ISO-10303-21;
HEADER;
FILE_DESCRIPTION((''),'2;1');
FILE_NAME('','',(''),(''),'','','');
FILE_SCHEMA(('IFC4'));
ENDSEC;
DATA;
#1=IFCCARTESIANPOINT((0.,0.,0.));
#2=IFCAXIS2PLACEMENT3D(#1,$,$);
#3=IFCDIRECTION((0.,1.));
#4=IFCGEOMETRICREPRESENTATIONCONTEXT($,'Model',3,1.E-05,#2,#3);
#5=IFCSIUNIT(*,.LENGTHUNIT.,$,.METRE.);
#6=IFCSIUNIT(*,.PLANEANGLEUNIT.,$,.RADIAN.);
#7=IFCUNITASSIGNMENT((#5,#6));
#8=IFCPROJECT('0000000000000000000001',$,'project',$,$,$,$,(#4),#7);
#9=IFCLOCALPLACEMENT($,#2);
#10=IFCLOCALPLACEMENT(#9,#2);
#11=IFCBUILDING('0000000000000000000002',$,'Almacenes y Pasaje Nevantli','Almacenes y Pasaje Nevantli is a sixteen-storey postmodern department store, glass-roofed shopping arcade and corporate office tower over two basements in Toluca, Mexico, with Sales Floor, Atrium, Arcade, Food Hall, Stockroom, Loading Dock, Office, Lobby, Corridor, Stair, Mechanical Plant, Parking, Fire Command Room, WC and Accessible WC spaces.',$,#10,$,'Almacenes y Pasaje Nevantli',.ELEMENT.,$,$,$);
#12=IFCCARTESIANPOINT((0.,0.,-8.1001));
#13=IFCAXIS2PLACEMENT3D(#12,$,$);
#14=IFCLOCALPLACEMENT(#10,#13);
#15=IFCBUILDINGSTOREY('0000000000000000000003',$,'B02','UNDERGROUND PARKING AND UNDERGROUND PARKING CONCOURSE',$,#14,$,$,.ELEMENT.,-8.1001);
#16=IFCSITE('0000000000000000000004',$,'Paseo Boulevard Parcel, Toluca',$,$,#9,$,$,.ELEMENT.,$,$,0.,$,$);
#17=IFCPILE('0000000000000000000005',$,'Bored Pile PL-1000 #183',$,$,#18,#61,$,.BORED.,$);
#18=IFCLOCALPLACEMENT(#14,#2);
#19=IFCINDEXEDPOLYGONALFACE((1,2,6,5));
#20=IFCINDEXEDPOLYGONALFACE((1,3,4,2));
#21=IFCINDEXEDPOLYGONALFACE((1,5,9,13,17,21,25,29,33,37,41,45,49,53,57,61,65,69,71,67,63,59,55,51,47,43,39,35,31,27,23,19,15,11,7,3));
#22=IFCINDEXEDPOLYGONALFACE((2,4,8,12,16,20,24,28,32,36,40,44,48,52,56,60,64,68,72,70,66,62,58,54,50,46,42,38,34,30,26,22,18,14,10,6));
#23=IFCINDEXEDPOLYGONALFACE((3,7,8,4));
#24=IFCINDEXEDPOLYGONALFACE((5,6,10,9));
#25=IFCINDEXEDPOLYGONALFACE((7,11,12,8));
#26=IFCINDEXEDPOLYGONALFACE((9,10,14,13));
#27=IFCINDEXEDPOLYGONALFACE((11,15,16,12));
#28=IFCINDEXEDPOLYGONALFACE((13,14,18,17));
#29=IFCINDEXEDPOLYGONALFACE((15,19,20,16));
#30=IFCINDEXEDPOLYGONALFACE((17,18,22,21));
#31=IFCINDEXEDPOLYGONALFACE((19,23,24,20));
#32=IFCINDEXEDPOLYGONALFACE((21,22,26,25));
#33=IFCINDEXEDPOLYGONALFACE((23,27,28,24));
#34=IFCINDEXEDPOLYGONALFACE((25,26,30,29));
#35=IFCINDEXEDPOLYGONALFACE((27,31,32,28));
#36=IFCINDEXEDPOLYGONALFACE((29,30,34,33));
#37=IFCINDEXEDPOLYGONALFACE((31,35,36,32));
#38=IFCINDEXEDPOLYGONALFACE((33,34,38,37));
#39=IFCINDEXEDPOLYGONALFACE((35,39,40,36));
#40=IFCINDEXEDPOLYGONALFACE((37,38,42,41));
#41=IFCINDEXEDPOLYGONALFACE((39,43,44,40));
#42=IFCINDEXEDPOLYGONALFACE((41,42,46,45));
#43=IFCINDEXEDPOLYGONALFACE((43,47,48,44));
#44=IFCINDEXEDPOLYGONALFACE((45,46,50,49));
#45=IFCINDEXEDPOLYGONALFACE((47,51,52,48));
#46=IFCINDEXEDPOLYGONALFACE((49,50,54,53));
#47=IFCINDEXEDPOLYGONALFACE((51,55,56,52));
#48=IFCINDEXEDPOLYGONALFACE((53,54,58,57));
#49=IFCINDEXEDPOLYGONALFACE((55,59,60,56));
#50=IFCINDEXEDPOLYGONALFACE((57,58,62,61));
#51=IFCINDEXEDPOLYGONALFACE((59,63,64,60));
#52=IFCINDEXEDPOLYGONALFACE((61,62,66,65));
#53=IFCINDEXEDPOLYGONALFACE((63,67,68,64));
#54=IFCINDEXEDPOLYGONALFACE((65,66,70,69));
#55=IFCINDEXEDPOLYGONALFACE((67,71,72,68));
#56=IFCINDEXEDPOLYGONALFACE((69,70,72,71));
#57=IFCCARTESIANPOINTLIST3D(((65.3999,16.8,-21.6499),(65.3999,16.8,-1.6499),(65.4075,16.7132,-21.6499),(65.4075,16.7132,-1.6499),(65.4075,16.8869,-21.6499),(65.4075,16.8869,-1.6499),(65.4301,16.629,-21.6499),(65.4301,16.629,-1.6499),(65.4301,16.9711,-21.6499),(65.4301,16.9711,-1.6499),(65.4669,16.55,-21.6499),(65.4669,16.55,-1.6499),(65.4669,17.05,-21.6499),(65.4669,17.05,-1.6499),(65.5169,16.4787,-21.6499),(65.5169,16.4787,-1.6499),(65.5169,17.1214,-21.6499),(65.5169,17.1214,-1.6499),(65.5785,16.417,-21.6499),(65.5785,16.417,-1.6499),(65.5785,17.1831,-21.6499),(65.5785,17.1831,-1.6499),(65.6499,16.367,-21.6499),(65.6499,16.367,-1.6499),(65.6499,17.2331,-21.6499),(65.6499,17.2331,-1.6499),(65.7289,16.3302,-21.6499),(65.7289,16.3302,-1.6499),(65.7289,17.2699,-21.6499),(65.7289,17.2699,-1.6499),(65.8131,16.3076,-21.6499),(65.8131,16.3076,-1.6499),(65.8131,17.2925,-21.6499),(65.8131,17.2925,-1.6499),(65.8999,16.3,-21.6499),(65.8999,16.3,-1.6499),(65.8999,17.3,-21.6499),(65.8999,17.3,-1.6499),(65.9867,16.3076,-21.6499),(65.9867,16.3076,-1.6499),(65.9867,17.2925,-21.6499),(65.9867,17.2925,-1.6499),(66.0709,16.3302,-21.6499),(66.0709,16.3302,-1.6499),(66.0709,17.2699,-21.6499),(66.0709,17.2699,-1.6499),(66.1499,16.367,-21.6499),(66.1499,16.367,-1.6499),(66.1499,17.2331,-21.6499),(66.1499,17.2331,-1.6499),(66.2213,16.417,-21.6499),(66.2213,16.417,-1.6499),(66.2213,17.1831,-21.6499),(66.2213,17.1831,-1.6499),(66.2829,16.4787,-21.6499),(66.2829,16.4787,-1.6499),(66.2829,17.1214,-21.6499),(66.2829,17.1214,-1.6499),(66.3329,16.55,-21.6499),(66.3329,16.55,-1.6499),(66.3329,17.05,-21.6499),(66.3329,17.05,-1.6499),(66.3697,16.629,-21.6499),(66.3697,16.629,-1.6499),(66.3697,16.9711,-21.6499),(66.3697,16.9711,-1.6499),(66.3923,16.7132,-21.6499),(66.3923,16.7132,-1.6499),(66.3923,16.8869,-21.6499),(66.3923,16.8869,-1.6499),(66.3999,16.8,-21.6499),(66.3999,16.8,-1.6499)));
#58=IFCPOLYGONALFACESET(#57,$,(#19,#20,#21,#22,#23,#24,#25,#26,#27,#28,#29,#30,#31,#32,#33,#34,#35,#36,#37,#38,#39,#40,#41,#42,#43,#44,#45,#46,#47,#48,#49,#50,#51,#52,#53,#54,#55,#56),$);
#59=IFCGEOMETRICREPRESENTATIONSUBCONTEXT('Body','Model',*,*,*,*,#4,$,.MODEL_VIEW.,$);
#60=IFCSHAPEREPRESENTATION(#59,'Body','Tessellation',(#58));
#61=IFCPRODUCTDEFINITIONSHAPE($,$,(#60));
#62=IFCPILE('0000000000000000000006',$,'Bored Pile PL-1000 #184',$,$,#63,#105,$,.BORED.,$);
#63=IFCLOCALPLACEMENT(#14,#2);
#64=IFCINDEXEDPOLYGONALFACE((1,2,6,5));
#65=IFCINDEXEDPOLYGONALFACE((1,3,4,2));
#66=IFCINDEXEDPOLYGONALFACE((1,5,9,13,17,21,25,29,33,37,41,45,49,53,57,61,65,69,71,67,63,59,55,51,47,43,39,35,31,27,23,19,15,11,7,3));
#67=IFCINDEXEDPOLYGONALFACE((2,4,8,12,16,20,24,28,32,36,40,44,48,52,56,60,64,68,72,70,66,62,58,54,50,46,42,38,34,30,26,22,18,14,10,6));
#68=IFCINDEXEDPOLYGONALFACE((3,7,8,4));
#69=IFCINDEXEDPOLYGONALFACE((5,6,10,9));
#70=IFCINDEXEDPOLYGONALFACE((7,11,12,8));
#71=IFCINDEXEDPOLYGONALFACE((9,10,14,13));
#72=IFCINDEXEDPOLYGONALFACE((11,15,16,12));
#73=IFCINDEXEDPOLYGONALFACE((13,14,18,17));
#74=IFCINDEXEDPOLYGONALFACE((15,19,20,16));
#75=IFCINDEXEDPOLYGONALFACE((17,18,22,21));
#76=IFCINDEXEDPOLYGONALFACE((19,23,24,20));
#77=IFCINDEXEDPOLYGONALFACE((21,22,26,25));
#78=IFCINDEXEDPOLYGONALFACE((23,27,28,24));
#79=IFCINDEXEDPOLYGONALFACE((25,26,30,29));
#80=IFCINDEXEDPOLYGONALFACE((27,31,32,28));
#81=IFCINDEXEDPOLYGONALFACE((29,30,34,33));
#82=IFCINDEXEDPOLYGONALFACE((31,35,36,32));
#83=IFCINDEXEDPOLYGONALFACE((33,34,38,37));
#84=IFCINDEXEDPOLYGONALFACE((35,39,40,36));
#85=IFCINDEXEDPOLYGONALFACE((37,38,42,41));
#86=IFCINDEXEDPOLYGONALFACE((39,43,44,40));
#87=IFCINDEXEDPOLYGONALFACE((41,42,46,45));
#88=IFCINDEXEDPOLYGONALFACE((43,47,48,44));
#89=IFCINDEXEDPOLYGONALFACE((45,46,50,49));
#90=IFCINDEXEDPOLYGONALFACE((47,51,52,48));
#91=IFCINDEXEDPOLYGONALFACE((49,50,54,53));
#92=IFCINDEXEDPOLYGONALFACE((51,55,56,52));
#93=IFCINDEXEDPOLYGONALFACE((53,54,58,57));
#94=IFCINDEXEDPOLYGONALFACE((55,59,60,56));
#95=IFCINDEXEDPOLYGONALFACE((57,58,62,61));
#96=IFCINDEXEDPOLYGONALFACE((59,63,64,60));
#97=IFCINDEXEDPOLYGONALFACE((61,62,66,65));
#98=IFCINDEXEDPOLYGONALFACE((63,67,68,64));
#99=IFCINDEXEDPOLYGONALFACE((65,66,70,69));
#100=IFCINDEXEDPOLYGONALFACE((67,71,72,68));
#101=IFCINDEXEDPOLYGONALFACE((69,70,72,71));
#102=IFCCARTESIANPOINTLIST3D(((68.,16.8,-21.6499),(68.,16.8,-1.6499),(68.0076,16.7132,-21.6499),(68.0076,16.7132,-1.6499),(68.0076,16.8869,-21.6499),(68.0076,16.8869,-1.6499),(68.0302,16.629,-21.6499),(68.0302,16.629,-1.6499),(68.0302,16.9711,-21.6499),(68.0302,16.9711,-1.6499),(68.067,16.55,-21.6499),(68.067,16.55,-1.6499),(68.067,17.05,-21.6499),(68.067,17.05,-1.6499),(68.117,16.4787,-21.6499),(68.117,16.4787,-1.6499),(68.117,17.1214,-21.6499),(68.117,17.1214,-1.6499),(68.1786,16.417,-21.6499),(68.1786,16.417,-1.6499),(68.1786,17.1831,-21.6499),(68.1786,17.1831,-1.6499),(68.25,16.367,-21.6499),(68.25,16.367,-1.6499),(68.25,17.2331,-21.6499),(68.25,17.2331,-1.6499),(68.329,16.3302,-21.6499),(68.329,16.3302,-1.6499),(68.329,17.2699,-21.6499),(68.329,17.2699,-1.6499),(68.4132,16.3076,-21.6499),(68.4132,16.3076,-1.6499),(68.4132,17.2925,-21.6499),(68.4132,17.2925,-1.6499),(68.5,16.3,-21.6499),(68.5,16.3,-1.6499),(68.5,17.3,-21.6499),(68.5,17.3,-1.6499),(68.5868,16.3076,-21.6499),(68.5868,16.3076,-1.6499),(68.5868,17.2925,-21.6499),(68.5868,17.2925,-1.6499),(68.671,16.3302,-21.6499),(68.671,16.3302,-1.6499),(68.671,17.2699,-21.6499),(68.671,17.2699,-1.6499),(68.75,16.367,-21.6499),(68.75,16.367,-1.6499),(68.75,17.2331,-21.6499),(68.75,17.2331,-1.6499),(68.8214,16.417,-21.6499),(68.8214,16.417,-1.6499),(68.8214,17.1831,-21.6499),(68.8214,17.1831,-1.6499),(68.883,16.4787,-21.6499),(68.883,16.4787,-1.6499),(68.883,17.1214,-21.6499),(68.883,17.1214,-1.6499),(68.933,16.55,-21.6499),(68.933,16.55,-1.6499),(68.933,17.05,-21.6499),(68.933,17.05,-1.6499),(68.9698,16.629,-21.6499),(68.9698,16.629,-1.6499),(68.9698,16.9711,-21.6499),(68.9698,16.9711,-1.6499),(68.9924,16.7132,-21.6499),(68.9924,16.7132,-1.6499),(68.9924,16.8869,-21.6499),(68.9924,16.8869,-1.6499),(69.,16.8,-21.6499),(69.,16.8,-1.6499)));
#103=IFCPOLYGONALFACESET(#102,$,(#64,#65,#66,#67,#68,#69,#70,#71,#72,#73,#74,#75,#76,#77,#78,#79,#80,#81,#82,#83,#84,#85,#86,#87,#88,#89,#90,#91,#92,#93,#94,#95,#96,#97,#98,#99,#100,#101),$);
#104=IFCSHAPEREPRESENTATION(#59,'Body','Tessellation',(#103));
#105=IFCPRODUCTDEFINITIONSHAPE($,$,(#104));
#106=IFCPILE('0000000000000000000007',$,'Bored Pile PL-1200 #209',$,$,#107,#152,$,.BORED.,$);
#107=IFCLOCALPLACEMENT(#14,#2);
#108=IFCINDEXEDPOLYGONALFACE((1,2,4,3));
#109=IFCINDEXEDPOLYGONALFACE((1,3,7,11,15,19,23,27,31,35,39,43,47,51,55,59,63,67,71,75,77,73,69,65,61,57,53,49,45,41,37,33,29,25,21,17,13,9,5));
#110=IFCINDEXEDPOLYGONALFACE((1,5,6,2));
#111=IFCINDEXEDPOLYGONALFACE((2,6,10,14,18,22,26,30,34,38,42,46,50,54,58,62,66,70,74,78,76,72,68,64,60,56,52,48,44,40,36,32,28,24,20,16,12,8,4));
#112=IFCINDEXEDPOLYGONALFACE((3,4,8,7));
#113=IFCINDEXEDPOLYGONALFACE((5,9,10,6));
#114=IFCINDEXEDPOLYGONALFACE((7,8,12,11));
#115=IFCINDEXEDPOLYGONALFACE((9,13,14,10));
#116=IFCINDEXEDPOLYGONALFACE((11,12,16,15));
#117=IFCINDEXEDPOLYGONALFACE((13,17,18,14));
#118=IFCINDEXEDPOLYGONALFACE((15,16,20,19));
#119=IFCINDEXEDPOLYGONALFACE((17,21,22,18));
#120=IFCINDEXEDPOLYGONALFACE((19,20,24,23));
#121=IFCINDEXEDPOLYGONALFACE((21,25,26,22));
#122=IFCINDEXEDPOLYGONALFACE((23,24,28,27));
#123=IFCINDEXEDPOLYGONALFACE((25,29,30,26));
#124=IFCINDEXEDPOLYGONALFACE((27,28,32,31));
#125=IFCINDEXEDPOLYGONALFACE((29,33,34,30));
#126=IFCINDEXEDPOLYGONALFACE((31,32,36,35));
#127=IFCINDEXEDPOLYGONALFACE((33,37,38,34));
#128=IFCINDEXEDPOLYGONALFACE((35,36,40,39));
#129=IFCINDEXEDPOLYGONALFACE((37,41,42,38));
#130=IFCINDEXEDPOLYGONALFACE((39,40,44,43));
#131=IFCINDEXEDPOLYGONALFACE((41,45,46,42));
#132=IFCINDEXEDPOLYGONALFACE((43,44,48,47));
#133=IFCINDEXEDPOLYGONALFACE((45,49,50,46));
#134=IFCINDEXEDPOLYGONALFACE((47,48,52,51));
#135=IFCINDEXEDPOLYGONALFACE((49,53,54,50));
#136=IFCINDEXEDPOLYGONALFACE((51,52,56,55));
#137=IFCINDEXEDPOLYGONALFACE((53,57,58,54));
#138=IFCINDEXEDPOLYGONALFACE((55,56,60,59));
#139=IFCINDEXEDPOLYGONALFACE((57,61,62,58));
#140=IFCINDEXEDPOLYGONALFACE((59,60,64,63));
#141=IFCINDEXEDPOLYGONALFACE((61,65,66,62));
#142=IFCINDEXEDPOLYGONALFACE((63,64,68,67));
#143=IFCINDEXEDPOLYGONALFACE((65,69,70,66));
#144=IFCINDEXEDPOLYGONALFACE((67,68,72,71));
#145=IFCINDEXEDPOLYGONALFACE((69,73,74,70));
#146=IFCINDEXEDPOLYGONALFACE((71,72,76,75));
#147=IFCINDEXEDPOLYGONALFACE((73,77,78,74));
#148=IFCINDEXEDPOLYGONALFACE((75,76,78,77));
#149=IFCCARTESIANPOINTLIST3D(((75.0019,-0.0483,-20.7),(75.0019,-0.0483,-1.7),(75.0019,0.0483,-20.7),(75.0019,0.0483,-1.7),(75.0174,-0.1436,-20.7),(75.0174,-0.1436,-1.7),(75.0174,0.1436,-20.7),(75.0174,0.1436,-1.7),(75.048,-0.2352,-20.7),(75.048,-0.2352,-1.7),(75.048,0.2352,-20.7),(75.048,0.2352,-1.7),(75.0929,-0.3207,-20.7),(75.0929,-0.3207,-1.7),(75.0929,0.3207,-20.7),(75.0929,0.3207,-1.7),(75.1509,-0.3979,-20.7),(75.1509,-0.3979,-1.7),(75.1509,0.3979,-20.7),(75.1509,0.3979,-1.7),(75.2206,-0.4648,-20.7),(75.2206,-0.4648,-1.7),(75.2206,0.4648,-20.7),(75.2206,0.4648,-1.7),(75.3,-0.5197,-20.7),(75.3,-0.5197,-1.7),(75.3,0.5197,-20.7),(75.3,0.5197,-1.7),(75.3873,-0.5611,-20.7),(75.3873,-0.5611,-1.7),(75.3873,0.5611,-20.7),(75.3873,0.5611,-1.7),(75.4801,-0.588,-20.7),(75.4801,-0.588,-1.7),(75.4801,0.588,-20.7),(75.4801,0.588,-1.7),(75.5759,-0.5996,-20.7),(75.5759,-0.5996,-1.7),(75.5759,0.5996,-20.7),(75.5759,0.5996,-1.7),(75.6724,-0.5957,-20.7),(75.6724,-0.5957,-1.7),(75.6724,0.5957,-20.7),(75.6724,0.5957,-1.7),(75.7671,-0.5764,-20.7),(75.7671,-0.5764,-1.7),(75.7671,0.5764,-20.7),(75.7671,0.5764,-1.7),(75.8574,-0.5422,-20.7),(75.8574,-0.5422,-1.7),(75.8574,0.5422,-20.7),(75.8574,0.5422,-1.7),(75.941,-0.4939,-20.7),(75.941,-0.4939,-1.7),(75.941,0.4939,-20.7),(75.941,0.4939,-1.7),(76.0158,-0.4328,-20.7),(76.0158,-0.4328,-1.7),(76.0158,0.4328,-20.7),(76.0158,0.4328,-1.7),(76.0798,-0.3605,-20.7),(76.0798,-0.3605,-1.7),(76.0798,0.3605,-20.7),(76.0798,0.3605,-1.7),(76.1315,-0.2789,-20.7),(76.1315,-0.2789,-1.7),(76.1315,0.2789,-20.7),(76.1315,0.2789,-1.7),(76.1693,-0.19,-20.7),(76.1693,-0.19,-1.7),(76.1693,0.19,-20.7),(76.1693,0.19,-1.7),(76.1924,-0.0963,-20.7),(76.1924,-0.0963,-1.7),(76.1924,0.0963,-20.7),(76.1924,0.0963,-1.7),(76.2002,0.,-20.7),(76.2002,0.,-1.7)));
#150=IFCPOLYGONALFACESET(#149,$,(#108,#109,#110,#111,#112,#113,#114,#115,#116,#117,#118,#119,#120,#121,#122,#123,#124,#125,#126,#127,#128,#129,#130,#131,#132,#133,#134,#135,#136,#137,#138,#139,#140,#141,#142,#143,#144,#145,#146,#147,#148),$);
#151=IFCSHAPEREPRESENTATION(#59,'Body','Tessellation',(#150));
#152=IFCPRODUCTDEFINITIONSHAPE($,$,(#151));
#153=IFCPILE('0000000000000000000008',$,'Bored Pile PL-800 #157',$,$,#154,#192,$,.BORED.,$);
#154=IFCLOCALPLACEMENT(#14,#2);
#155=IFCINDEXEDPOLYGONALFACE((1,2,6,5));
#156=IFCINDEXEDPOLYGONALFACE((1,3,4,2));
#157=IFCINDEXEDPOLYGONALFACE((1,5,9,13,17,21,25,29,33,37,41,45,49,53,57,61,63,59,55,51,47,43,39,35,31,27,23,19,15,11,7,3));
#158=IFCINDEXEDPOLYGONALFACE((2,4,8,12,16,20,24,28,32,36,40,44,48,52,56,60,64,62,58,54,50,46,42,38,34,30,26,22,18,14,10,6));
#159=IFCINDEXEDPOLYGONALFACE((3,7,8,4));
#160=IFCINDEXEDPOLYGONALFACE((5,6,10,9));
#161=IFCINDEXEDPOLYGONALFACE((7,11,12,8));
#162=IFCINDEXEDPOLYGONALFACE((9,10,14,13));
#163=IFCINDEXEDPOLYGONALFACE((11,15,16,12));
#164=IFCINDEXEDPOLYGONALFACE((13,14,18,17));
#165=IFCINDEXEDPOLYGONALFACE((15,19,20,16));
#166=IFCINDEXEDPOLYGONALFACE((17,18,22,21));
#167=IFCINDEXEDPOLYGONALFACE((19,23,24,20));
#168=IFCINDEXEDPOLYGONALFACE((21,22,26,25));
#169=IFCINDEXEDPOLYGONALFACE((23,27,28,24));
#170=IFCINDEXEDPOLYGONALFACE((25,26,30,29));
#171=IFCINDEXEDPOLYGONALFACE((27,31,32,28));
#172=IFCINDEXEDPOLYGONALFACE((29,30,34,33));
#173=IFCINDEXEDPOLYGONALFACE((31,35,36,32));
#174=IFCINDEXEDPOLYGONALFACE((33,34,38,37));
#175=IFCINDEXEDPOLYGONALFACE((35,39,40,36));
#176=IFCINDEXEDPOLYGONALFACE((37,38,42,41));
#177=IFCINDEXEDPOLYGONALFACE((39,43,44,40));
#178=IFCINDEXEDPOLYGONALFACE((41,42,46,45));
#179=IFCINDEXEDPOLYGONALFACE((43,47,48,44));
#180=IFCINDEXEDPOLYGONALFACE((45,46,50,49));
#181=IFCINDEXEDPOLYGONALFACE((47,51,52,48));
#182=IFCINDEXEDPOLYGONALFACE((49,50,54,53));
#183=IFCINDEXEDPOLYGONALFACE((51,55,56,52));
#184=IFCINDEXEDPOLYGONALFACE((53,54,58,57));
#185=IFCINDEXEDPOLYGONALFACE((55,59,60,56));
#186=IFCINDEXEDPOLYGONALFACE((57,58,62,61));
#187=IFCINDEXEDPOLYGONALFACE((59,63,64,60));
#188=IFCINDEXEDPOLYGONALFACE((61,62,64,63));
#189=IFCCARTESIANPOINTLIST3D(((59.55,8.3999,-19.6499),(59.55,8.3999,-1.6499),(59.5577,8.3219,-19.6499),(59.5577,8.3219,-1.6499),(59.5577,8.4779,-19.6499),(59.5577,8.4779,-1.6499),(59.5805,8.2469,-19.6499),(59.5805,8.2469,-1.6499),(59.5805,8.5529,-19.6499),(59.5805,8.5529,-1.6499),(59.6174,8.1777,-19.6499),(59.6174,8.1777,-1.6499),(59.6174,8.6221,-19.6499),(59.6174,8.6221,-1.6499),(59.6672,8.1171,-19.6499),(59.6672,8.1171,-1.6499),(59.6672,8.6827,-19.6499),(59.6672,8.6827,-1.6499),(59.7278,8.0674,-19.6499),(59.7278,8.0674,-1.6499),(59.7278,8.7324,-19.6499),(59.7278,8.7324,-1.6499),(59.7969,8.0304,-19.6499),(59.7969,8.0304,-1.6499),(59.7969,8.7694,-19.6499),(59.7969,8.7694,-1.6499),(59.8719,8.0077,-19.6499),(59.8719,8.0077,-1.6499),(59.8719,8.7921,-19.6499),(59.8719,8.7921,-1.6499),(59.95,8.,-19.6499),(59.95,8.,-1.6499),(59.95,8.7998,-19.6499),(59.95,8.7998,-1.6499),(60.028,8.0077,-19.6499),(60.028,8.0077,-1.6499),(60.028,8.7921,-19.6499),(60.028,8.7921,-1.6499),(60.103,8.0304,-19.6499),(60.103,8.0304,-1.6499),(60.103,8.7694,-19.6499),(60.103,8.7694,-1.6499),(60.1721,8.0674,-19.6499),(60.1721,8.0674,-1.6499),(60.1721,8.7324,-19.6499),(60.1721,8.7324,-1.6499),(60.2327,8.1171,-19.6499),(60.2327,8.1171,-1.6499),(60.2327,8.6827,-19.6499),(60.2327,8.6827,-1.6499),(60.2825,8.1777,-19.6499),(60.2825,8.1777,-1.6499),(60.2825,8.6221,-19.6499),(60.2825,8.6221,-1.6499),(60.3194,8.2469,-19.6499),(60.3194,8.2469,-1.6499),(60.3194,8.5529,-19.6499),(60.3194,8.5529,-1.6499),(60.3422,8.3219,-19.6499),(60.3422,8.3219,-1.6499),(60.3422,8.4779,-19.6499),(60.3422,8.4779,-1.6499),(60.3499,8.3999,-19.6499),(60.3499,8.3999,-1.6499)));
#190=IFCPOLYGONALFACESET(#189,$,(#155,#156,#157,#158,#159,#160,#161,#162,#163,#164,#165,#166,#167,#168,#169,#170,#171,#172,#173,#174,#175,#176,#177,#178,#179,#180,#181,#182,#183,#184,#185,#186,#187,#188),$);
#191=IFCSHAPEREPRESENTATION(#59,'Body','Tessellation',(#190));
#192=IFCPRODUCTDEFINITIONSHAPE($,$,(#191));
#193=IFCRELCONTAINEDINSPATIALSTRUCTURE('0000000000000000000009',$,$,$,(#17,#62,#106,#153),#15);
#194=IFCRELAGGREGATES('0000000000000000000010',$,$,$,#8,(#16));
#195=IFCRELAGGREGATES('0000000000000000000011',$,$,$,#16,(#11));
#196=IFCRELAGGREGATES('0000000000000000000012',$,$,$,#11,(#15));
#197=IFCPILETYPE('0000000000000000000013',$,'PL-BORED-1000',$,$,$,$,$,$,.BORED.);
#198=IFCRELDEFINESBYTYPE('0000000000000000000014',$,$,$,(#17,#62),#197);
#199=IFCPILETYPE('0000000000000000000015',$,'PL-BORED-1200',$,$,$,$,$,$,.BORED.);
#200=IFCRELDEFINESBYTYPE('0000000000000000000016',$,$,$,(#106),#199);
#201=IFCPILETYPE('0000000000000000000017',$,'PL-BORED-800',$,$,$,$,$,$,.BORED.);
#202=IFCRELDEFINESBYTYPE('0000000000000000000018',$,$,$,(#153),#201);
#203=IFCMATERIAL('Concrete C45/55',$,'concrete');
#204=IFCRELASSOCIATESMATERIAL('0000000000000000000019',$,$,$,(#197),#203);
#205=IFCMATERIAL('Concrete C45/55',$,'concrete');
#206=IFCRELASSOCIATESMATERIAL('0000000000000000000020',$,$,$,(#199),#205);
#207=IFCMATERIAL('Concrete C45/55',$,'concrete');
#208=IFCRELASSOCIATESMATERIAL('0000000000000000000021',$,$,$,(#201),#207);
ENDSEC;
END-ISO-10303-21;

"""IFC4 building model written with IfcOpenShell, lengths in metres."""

from ifc_helpers import new_model, si_unit, direction, frame, origin, origin_2d, place, context, subcontext, project, spatial, circle, extrude, material, material_profile, profile_set, type_object, element, save


model = new_model("IFC4")

# Units and contexts
model_context = context("Model", 3, precision=1e-05, world=origin(), true_north=direction((0.0, 1.0)))
body_context = subcontext(model_context, "Body", "Model", "MODEL_VIEW")
ifc_project = project(units=[si_unit("LENGTHUNIT", "METRE"), si_unit("PLANEANGLEUNIT", "RADIAN")], contexts=[model_context])

# Site, building, storey
site_placement = place(None, origin())
site = spatial("IfcSite", under=ifc_project, at=site_placement, Name="Paseo Boulevard Parcel, Toluca", CompositionType="ELEMENT", RefElevation=0.0)
building_placement = place(site_placement, origin())
building = spatial("IfcBuilding", under=site, at=building_placement, Name="Almacenes y Pasaje Nevantli", Description="Almacenes y Pasaje Nevantli is a sixteen-storey postmodern department store, glass-roofed shopping arcade and corporate office tower over two basements in Toluca, Mexico, with Sales Floor, Atrium, Arcade, Food Hall, Stockroom, Loading Dock, Office, Lobby, Corridor, Stair, Mechanical Plant, Parking, Fire Command Room, WC and Accessible WC spaces.", LongName="Almacenes y Pasaje Nevantli", CompositionType="ELEMENT")
storey_placement = place(building_placement, frame((0.0, 0.0, -8.1001)))
storey = spatial("IfcBuildingStorey", under=building, at=storey_placement, Name="B02", Description="UNDERGROUND PARKING AND UNDERGROUND PARKING CONCOURSE", CompositionType="ELEMENT", Elevation=-8.1001)

# Piles
ifc_material_1 = material(Name="Concrete C45/55", Category="concrete")
ifc_material_profile_1 = material_profile(ifc_material_1, circle(Radius=0.5, at=origin_2d()), Name="RC-PILE-D1000")
ifc_profile_set_1 = profile_set([ifc_material_profile_1], Name="Concrete C45/55")
pile_type_1 = type_object("IfcPileType", Name="PL-BORED-1000", PredefinedType="BORED", material=ifc_profile_set_1)
for number, where, z_axis, x_axis, name in (
    (1, (65.8999, 16.8, -1.6499), (0.0, 0.0, -1.0), (1.0, 0.0, 0.0), "Bored Pile PL-1000 #183"),
    (2, (68.5, 16.8, -1.6499), (0.0, 0.0, -1.0), (1.0, 0.0, 0.0), "Bored Pile PL-1000 #184"),
):
    element("IfcPile", number, at=place(storey_placement, frame(where, z_axis=z_axis, x_axis=x_axis)), inside=storey, type_object=pile_type_1, Name=name, PredefinedType="BORED", context=body_context, shape_type="SweptSolid", body=[
        extrude(circle(Radius=0.5, at=origin_2d()), origin(), (0.0, 0.0, 1.0), 20.0),
    ])
ifc_material_2 = material(Name="Concrete C45/55", Category="concrete")
ifc_material_profile_2 = material_profile(ifc_material_2, circle(Radius=0.6001, at=origin_2d()), Name="RC-PILE-D1200")
ifc_profile_set_2 = profile_set([ifc_material_profile_2], Name="Concrete C45/55")
pile_type_2 = type_object("IfcPileType", Name="PL-BORED-1200", PredefinedType="BORED", material=ifc_profile_set_2)
pile_placement = place(storey_placement, frame((75.6001, 0.0, -1.7), z_axis=(0.0, 0.0, -1.0), x_axis=(1.0, 0.0, 0.0)))
element("IfcPile", 3, at=pile_placement, inside=storey, type_object=pile_type_2, Name="Bored Pile PL-1200 #209", PredefinedType="BORED", context=body_context, shape_type="SweptSolid", body=[
    extrude(circle(Radius=0.6001, at=origin_2d()), origin(), (0.0, 0.0, 1.0), 19.0),
])
ifc_material_3 = material(Name="Concrete C45/55", Category="concrete")
ifc_material_profile_3 = material_profile(ifc_material_3, circle(Radius=0.3999, at=origin_2d()), Name="RC-PILE-D800")
ifc_profile_set_3 = profile_set([ifc_material_profile_3], Name="Concrete C45/55")
pile_type_3 = type_object("IfcPileType", Name="PL-BORED-800", PredefinedType="BORED", material=ifc_profile_set_3)
for number, where, z_axis, x_axis, name in (
    (4, (59.95, 8.3999, -1.6499), (0.0, 0.0, -1.0), (1.0, 0.0, 0.0), "Bored Pile PL-800 #157"),
):
    element("IfcPile", number, at=place(storey_placement, frame(where, z_axis=z_axis, x_axis=x_axis)), inside=storey, type_object=pile_type_3, Name=name, PredefinedType="BORED", context=body_context, shape_type="SweptSolid", body=[
        extrude(circle(Radius=0.3999, at=origin_2d()), origin(), (0.0, 0.0, 1.0), 18.0),
    ])

save(model, "model.ifc")
